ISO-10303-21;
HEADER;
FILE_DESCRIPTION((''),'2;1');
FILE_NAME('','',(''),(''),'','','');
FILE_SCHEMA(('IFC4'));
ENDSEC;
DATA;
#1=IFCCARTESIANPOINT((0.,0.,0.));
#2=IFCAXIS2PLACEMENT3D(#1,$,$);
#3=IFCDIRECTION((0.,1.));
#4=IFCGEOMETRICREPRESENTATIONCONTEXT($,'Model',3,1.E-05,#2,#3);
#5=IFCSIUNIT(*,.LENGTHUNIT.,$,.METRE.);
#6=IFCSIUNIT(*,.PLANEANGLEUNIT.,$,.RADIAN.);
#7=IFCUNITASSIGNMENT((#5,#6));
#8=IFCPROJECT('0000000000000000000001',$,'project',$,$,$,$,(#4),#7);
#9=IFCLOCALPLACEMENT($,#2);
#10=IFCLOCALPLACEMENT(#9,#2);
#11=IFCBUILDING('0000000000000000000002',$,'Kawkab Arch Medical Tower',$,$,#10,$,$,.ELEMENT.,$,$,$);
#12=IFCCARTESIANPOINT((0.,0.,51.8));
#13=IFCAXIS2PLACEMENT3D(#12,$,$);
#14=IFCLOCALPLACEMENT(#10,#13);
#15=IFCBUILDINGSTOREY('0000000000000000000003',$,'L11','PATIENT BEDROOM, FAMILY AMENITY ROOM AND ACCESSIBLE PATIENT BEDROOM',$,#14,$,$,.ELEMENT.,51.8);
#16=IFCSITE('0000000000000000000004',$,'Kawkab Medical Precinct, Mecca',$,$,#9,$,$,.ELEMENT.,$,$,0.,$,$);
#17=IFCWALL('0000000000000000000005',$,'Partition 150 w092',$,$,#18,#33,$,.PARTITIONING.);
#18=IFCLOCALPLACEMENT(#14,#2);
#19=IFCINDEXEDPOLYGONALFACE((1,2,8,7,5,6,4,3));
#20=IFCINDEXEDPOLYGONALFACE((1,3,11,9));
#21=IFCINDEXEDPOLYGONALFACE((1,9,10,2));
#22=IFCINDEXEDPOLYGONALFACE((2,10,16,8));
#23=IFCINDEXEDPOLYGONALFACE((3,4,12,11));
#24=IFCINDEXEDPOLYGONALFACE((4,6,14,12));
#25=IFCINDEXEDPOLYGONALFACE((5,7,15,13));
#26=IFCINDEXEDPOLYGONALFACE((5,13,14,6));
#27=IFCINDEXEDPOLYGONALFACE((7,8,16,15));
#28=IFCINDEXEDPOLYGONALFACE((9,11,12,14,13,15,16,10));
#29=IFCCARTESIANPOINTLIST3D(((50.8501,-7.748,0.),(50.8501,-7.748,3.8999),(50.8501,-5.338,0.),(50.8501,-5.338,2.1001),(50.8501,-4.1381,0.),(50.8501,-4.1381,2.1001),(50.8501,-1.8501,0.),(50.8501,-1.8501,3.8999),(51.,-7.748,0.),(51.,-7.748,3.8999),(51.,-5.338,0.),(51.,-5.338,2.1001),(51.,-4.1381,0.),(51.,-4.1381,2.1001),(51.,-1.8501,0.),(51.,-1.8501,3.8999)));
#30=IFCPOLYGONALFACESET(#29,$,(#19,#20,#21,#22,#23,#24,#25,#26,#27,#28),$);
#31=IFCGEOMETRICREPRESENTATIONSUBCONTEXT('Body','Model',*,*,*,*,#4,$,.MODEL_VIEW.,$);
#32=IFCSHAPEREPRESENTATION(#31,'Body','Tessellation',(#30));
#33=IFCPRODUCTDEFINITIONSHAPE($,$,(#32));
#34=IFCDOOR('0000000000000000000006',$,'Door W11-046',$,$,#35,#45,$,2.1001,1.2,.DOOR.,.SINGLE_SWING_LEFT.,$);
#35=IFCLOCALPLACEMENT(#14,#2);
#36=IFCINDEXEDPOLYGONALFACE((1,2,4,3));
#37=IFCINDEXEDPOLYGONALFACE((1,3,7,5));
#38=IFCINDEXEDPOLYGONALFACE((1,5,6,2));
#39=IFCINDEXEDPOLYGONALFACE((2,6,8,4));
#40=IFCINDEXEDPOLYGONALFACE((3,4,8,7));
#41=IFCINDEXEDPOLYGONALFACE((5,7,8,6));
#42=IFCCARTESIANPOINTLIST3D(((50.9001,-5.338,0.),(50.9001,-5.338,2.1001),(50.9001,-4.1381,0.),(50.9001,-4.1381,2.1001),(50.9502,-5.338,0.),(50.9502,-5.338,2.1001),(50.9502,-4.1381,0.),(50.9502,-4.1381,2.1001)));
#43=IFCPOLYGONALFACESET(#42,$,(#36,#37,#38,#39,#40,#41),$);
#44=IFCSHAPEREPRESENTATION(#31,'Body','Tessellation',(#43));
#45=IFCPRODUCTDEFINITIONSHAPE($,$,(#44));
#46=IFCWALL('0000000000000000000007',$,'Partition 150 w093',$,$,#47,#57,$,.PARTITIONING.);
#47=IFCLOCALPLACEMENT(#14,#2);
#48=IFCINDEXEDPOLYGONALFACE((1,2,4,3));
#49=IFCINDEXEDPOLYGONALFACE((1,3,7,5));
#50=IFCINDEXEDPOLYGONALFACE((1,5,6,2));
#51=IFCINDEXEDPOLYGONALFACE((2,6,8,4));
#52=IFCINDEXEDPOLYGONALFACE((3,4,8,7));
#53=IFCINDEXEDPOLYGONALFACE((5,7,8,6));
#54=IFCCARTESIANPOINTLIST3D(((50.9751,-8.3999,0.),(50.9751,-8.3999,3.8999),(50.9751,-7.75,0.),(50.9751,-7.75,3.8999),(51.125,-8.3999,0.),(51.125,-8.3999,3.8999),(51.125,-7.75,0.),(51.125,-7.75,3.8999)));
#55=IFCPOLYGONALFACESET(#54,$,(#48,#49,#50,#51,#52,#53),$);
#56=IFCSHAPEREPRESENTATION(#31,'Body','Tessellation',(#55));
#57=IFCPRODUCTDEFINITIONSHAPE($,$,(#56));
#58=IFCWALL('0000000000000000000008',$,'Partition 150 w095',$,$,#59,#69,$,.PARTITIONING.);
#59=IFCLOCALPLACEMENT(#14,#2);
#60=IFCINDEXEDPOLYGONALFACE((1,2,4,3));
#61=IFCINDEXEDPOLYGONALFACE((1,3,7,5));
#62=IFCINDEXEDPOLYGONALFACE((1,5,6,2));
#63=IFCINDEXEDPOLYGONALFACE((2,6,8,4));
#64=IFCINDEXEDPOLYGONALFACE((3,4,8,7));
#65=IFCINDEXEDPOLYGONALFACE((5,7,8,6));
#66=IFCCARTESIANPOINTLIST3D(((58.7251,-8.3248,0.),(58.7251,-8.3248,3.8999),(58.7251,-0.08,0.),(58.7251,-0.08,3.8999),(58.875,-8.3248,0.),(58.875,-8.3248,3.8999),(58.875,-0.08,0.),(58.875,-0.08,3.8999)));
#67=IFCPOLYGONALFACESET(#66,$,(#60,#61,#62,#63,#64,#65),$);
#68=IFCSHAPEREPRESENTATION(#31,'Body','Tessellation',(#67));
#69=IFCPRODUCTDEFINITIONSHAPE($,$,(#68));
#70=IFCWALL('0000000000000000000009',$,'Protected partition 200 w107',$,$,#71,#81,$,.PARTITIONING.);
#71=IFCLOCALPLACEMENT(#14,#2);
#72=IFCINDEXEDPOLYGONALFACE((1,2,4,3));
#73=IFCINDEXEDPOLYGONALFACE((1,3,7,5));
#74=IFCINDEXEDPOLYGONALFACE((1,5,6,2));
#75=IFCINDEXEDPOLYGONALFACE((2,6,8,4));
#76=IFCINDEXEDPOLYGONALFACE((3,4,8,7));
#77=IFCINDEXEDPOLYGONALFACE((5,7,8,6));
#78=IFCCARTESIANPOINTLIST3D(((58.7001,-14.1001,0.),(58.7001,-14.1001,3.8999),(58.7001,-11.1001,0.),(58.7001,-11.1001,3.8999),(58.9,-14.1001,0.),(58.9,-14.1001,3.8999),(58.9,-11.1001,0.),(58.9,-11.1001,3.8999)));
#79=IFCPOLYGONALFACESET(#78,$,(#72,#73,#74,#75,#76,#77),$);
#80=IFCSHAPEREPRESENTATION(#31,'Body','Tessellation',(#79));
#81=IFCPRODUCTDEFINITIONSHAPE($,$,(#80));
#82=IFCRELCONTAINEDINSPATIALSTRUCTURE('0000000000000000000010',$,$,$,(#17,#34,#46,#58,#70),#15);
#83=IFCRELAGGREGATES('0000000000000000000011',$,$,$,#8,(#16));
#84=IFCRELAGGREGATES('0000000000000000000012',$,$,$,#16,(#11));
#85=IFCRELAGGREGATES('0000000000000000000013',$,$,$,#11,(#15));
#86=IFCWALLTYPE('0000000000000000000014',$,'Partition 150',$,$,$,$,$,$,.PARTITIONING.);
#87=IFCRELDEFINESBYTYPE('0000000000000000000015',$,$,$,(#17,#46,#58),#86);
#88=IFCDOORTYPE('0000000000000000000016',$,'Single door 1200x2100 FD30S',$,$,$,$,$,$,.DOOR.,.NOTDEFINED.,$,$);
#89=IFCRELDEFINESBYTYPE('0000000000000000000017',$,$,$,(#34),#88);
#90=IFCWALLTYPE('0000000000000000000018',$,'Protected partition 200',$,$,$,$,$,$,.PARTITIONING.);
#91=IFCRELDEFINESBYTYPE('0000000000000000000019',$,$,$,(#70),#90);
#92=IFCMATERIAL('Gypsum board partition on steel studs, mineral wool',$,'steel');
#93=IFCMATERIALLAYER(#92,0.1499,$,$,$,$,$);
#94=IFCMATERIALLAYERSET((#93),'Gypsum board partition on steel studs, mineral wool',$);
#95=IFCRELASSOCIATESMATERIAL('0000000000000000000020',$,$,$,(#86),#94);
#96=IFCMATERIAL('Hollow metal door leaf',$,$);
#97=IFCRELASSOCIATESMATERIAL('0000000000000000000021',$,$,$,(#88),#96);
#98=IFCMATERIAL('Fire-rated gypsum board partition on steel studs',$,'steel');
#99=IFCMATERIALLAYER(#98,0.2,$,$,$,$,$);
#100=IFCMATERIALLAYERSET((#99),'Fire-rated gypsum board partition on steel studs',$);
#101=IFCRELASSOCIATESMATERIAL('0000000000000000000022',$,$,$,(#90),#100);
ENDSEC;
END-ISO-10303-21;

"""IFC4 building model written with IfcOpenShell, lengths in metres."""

from ifc_helpers import new_model, si_unit, direction, frame, frame_2d, origin, place, context, subcontext, project, spatial, rectangle, extrude, material, layer, layer_set, type_object, element, fill, save


model = new_model("IFC4")

# Units and contexts
model_context = context("Model", 3, precision=1e-05, world=origin(), true_north=direction((0.0, 1.0)))
body_context = subcontext(model_context, "Body", "Model", "MODEL_VIEW")
ifc_project = project(units=[si_unit("LENGTHUNIT", "METRE"), si_unit("PLANEANGLEUNIT", "RADIAN")], contexts=[model_context])

# Site, building, storey
site_placement = place(None, origin())
site = spatial("IfcSite", under=ifc_project, at=site_placement, Name="Kawkab Medical Precinct, Mecca", CompositionType="ELEMENT", RefElevation=0.0)
building_placement = place(site_placement, origin())
building = spatial("IfcBuilding", under=site, at=building_placement, Name="Kawkab Arch Medical Tower", CompositionType="ELEMENT")
storey_placement = place(building_placement, frame((0.0, 0.0, 51.8)))
storey = spatial("IfcBuildingStorey", under=building, at=storey_placement, Name="L11", Description="PATIENT BEDROOM, FAMILY AMENITY ROOM AND ACCESSIBLE PATIENT BEDROOM", CompositionType="ELEMENT", Elevation=51.8)

# Shared definitions
ifc_material_1 = material(Name="Gypsum board partition on steel studs, mineral wool", Category="steel")
ifc_layer_1 = layer(ifc_material_1, 0.1499)
ifc_layer_set_1 = layer_set([ifc_layer_1], Name="Gypsum board partition on steel studs, mineral wool")
wall_type_1 = type_object("IfcWallType", Name="Partition 150", PredefinedType="PARTITIONING", material=ifc_layer_set_1)
ifc_material_2 = material(Name="Hollow metal door leaf")
door_type_1 = type_object("IfcDoorType", Name="Single door 1200x2100 FD30S", OperationType="NOTDEFINED", PredefinedType="DOOR", material=ifc_material_2)

# Wall, opening, door
wall_1_placement = place(storey_placement, frame((50.925, -7.748, 0.0), z_axis=(0.0, 0.0, 1.0), x_axis=(0.0, 1.0, 0.0)))
wall_1 = element("IfcWall", 1, at=wall_1_placement, inside=storey, type_object=wall_type_1, Name="Partition 150 w092", PredefinedType="PARTITIONING", context=body_context, shape_type="SweptSolid", body=[
    extrude(rectangle(XDim=5.8979, YDim=0.1499, at=frame_2d((2.949, 0.0))), origin(), (0.0, 0.0, 1.0), 3.8999),
])
opening_1_placement = place(wall_1_placement, frame((2.4099, 0.0, 0.0)))
opening_1 = element("IfcOpeningElement", 2, at=opening_1_placement, cuts=wall_1, PredefinedType="OPENING", context=body_context, shape_type="SweptSolid", body=[
    extrude(rectangle(XDim=1.2, YDim=2.1001, at=frame_2d((0.6001, 1.05))), frame((0.0, 0.085, 0.0), z_axis=(0.0, -1.0, 0.0), x_axis=(1.0, 0.0, 0.0)), (0.0, 0.0, 1.0), 0.1699),
])
door_1_placement = place(opening_1_placement, origin())
door_1 = element("IfcDoor", 3, at=door_1_placement, inside=storey, type_object=door_type_1, Name="Door W11-046", OperationType="SINGLE_SWING_LEFT", OverallHeight=2.1001, OverallWidth=1.2, PredefinedType="DOOR", context=body_context, shape_type="SweptSolid", body=[
    extrude(rectangle(XDim=1.2, YDim=2.1001, at=frame_2d((0.6001, 1.05))), frame((0.0, 0.0249, 0.0), z_axis=(0.0, -1.0, 0.0), x_axis=(1.0, 0.0, 0.0)), (0.0, 0.0, 1.0), 0.05),
])
fill(opening_1, door_1)

# Walls
wall_2_placement = place(storey_placement, frame((51.05, -8.3999, 0.0), z_axis=(0.0, 0.0, 1.0), x_axis=(0.0, 1.0, 0.0)))
element("IfcWall", 4, at=wall_2_placement, inside=storey, type_object=wall_type_1, Name="Partition 150 w093", PredefinedType="PARTITIONING", context=body_context, shape_type="SweptSolid", body=[
    extrude(rectangle(XDim=0.6499, YDim=0.1499, at=frame_2d((0.325, 0.0))), origin(), (0.0, 0.0, 1.0), 3.8999),
])
wall_3_placement = place(storey_placement, frame((58.8, -8.325, 0.0), z_axis=(0.0, 0.0, 1.0), x_axis=(0.0, 1.0, 0.0)))
element("IfcWall", 5, at=wall_3_placement, inside=storey, type_object=wall_type_1, Name="Partition 150 w095", PredefinedType="PARTITIONING", context=body_context, shape_type="SweptSolid", body=[
    extrude(rectangle(XDim=8.2449, YDim=0.1499, at=frame_2d((4.1226, 0.0))), origin(), (0.0, 0.0, 1.0), 3.8999),
])
ifc_material_3 = material(Name="Fire-rated gypsum board partition on steel studs", Category="steel")
ifc_layer_2 = layer(ifc_material_3, 0.2)
ifc_layer_set_2 = layer_set([ifc_layer_2], Name="Fire-rated gypsum board partition on steel studs")
wall_type_2 = type_object("IfcWallType", Name="Protected partition 200", PredefinedType="PARTITIONING", material=ifc_layer_set_2)
wall_4_placement = place(storey_placement, frame((58.8, -14.1001, 0.0), z_axis=(0.0, 0.0, 1.0), x_axis=(0.0, 1.0, 0.0)))
element("IfcWall", 6, at=wall_4_placement, inside=storey, type_object=wall_type_2, Name="Protected partition 200 w107", PredefinedType="PARTITIONING", context=body_context, shape_type="SweptSolid", body=[
    extrude(rectangle(XDim=3.0, YDim=0.2, at=frame_2d((1.5, 0.0))), origin(), (0.0, 0.0, 1.0), 3.8999),
])

save(model, "model.ifc")
